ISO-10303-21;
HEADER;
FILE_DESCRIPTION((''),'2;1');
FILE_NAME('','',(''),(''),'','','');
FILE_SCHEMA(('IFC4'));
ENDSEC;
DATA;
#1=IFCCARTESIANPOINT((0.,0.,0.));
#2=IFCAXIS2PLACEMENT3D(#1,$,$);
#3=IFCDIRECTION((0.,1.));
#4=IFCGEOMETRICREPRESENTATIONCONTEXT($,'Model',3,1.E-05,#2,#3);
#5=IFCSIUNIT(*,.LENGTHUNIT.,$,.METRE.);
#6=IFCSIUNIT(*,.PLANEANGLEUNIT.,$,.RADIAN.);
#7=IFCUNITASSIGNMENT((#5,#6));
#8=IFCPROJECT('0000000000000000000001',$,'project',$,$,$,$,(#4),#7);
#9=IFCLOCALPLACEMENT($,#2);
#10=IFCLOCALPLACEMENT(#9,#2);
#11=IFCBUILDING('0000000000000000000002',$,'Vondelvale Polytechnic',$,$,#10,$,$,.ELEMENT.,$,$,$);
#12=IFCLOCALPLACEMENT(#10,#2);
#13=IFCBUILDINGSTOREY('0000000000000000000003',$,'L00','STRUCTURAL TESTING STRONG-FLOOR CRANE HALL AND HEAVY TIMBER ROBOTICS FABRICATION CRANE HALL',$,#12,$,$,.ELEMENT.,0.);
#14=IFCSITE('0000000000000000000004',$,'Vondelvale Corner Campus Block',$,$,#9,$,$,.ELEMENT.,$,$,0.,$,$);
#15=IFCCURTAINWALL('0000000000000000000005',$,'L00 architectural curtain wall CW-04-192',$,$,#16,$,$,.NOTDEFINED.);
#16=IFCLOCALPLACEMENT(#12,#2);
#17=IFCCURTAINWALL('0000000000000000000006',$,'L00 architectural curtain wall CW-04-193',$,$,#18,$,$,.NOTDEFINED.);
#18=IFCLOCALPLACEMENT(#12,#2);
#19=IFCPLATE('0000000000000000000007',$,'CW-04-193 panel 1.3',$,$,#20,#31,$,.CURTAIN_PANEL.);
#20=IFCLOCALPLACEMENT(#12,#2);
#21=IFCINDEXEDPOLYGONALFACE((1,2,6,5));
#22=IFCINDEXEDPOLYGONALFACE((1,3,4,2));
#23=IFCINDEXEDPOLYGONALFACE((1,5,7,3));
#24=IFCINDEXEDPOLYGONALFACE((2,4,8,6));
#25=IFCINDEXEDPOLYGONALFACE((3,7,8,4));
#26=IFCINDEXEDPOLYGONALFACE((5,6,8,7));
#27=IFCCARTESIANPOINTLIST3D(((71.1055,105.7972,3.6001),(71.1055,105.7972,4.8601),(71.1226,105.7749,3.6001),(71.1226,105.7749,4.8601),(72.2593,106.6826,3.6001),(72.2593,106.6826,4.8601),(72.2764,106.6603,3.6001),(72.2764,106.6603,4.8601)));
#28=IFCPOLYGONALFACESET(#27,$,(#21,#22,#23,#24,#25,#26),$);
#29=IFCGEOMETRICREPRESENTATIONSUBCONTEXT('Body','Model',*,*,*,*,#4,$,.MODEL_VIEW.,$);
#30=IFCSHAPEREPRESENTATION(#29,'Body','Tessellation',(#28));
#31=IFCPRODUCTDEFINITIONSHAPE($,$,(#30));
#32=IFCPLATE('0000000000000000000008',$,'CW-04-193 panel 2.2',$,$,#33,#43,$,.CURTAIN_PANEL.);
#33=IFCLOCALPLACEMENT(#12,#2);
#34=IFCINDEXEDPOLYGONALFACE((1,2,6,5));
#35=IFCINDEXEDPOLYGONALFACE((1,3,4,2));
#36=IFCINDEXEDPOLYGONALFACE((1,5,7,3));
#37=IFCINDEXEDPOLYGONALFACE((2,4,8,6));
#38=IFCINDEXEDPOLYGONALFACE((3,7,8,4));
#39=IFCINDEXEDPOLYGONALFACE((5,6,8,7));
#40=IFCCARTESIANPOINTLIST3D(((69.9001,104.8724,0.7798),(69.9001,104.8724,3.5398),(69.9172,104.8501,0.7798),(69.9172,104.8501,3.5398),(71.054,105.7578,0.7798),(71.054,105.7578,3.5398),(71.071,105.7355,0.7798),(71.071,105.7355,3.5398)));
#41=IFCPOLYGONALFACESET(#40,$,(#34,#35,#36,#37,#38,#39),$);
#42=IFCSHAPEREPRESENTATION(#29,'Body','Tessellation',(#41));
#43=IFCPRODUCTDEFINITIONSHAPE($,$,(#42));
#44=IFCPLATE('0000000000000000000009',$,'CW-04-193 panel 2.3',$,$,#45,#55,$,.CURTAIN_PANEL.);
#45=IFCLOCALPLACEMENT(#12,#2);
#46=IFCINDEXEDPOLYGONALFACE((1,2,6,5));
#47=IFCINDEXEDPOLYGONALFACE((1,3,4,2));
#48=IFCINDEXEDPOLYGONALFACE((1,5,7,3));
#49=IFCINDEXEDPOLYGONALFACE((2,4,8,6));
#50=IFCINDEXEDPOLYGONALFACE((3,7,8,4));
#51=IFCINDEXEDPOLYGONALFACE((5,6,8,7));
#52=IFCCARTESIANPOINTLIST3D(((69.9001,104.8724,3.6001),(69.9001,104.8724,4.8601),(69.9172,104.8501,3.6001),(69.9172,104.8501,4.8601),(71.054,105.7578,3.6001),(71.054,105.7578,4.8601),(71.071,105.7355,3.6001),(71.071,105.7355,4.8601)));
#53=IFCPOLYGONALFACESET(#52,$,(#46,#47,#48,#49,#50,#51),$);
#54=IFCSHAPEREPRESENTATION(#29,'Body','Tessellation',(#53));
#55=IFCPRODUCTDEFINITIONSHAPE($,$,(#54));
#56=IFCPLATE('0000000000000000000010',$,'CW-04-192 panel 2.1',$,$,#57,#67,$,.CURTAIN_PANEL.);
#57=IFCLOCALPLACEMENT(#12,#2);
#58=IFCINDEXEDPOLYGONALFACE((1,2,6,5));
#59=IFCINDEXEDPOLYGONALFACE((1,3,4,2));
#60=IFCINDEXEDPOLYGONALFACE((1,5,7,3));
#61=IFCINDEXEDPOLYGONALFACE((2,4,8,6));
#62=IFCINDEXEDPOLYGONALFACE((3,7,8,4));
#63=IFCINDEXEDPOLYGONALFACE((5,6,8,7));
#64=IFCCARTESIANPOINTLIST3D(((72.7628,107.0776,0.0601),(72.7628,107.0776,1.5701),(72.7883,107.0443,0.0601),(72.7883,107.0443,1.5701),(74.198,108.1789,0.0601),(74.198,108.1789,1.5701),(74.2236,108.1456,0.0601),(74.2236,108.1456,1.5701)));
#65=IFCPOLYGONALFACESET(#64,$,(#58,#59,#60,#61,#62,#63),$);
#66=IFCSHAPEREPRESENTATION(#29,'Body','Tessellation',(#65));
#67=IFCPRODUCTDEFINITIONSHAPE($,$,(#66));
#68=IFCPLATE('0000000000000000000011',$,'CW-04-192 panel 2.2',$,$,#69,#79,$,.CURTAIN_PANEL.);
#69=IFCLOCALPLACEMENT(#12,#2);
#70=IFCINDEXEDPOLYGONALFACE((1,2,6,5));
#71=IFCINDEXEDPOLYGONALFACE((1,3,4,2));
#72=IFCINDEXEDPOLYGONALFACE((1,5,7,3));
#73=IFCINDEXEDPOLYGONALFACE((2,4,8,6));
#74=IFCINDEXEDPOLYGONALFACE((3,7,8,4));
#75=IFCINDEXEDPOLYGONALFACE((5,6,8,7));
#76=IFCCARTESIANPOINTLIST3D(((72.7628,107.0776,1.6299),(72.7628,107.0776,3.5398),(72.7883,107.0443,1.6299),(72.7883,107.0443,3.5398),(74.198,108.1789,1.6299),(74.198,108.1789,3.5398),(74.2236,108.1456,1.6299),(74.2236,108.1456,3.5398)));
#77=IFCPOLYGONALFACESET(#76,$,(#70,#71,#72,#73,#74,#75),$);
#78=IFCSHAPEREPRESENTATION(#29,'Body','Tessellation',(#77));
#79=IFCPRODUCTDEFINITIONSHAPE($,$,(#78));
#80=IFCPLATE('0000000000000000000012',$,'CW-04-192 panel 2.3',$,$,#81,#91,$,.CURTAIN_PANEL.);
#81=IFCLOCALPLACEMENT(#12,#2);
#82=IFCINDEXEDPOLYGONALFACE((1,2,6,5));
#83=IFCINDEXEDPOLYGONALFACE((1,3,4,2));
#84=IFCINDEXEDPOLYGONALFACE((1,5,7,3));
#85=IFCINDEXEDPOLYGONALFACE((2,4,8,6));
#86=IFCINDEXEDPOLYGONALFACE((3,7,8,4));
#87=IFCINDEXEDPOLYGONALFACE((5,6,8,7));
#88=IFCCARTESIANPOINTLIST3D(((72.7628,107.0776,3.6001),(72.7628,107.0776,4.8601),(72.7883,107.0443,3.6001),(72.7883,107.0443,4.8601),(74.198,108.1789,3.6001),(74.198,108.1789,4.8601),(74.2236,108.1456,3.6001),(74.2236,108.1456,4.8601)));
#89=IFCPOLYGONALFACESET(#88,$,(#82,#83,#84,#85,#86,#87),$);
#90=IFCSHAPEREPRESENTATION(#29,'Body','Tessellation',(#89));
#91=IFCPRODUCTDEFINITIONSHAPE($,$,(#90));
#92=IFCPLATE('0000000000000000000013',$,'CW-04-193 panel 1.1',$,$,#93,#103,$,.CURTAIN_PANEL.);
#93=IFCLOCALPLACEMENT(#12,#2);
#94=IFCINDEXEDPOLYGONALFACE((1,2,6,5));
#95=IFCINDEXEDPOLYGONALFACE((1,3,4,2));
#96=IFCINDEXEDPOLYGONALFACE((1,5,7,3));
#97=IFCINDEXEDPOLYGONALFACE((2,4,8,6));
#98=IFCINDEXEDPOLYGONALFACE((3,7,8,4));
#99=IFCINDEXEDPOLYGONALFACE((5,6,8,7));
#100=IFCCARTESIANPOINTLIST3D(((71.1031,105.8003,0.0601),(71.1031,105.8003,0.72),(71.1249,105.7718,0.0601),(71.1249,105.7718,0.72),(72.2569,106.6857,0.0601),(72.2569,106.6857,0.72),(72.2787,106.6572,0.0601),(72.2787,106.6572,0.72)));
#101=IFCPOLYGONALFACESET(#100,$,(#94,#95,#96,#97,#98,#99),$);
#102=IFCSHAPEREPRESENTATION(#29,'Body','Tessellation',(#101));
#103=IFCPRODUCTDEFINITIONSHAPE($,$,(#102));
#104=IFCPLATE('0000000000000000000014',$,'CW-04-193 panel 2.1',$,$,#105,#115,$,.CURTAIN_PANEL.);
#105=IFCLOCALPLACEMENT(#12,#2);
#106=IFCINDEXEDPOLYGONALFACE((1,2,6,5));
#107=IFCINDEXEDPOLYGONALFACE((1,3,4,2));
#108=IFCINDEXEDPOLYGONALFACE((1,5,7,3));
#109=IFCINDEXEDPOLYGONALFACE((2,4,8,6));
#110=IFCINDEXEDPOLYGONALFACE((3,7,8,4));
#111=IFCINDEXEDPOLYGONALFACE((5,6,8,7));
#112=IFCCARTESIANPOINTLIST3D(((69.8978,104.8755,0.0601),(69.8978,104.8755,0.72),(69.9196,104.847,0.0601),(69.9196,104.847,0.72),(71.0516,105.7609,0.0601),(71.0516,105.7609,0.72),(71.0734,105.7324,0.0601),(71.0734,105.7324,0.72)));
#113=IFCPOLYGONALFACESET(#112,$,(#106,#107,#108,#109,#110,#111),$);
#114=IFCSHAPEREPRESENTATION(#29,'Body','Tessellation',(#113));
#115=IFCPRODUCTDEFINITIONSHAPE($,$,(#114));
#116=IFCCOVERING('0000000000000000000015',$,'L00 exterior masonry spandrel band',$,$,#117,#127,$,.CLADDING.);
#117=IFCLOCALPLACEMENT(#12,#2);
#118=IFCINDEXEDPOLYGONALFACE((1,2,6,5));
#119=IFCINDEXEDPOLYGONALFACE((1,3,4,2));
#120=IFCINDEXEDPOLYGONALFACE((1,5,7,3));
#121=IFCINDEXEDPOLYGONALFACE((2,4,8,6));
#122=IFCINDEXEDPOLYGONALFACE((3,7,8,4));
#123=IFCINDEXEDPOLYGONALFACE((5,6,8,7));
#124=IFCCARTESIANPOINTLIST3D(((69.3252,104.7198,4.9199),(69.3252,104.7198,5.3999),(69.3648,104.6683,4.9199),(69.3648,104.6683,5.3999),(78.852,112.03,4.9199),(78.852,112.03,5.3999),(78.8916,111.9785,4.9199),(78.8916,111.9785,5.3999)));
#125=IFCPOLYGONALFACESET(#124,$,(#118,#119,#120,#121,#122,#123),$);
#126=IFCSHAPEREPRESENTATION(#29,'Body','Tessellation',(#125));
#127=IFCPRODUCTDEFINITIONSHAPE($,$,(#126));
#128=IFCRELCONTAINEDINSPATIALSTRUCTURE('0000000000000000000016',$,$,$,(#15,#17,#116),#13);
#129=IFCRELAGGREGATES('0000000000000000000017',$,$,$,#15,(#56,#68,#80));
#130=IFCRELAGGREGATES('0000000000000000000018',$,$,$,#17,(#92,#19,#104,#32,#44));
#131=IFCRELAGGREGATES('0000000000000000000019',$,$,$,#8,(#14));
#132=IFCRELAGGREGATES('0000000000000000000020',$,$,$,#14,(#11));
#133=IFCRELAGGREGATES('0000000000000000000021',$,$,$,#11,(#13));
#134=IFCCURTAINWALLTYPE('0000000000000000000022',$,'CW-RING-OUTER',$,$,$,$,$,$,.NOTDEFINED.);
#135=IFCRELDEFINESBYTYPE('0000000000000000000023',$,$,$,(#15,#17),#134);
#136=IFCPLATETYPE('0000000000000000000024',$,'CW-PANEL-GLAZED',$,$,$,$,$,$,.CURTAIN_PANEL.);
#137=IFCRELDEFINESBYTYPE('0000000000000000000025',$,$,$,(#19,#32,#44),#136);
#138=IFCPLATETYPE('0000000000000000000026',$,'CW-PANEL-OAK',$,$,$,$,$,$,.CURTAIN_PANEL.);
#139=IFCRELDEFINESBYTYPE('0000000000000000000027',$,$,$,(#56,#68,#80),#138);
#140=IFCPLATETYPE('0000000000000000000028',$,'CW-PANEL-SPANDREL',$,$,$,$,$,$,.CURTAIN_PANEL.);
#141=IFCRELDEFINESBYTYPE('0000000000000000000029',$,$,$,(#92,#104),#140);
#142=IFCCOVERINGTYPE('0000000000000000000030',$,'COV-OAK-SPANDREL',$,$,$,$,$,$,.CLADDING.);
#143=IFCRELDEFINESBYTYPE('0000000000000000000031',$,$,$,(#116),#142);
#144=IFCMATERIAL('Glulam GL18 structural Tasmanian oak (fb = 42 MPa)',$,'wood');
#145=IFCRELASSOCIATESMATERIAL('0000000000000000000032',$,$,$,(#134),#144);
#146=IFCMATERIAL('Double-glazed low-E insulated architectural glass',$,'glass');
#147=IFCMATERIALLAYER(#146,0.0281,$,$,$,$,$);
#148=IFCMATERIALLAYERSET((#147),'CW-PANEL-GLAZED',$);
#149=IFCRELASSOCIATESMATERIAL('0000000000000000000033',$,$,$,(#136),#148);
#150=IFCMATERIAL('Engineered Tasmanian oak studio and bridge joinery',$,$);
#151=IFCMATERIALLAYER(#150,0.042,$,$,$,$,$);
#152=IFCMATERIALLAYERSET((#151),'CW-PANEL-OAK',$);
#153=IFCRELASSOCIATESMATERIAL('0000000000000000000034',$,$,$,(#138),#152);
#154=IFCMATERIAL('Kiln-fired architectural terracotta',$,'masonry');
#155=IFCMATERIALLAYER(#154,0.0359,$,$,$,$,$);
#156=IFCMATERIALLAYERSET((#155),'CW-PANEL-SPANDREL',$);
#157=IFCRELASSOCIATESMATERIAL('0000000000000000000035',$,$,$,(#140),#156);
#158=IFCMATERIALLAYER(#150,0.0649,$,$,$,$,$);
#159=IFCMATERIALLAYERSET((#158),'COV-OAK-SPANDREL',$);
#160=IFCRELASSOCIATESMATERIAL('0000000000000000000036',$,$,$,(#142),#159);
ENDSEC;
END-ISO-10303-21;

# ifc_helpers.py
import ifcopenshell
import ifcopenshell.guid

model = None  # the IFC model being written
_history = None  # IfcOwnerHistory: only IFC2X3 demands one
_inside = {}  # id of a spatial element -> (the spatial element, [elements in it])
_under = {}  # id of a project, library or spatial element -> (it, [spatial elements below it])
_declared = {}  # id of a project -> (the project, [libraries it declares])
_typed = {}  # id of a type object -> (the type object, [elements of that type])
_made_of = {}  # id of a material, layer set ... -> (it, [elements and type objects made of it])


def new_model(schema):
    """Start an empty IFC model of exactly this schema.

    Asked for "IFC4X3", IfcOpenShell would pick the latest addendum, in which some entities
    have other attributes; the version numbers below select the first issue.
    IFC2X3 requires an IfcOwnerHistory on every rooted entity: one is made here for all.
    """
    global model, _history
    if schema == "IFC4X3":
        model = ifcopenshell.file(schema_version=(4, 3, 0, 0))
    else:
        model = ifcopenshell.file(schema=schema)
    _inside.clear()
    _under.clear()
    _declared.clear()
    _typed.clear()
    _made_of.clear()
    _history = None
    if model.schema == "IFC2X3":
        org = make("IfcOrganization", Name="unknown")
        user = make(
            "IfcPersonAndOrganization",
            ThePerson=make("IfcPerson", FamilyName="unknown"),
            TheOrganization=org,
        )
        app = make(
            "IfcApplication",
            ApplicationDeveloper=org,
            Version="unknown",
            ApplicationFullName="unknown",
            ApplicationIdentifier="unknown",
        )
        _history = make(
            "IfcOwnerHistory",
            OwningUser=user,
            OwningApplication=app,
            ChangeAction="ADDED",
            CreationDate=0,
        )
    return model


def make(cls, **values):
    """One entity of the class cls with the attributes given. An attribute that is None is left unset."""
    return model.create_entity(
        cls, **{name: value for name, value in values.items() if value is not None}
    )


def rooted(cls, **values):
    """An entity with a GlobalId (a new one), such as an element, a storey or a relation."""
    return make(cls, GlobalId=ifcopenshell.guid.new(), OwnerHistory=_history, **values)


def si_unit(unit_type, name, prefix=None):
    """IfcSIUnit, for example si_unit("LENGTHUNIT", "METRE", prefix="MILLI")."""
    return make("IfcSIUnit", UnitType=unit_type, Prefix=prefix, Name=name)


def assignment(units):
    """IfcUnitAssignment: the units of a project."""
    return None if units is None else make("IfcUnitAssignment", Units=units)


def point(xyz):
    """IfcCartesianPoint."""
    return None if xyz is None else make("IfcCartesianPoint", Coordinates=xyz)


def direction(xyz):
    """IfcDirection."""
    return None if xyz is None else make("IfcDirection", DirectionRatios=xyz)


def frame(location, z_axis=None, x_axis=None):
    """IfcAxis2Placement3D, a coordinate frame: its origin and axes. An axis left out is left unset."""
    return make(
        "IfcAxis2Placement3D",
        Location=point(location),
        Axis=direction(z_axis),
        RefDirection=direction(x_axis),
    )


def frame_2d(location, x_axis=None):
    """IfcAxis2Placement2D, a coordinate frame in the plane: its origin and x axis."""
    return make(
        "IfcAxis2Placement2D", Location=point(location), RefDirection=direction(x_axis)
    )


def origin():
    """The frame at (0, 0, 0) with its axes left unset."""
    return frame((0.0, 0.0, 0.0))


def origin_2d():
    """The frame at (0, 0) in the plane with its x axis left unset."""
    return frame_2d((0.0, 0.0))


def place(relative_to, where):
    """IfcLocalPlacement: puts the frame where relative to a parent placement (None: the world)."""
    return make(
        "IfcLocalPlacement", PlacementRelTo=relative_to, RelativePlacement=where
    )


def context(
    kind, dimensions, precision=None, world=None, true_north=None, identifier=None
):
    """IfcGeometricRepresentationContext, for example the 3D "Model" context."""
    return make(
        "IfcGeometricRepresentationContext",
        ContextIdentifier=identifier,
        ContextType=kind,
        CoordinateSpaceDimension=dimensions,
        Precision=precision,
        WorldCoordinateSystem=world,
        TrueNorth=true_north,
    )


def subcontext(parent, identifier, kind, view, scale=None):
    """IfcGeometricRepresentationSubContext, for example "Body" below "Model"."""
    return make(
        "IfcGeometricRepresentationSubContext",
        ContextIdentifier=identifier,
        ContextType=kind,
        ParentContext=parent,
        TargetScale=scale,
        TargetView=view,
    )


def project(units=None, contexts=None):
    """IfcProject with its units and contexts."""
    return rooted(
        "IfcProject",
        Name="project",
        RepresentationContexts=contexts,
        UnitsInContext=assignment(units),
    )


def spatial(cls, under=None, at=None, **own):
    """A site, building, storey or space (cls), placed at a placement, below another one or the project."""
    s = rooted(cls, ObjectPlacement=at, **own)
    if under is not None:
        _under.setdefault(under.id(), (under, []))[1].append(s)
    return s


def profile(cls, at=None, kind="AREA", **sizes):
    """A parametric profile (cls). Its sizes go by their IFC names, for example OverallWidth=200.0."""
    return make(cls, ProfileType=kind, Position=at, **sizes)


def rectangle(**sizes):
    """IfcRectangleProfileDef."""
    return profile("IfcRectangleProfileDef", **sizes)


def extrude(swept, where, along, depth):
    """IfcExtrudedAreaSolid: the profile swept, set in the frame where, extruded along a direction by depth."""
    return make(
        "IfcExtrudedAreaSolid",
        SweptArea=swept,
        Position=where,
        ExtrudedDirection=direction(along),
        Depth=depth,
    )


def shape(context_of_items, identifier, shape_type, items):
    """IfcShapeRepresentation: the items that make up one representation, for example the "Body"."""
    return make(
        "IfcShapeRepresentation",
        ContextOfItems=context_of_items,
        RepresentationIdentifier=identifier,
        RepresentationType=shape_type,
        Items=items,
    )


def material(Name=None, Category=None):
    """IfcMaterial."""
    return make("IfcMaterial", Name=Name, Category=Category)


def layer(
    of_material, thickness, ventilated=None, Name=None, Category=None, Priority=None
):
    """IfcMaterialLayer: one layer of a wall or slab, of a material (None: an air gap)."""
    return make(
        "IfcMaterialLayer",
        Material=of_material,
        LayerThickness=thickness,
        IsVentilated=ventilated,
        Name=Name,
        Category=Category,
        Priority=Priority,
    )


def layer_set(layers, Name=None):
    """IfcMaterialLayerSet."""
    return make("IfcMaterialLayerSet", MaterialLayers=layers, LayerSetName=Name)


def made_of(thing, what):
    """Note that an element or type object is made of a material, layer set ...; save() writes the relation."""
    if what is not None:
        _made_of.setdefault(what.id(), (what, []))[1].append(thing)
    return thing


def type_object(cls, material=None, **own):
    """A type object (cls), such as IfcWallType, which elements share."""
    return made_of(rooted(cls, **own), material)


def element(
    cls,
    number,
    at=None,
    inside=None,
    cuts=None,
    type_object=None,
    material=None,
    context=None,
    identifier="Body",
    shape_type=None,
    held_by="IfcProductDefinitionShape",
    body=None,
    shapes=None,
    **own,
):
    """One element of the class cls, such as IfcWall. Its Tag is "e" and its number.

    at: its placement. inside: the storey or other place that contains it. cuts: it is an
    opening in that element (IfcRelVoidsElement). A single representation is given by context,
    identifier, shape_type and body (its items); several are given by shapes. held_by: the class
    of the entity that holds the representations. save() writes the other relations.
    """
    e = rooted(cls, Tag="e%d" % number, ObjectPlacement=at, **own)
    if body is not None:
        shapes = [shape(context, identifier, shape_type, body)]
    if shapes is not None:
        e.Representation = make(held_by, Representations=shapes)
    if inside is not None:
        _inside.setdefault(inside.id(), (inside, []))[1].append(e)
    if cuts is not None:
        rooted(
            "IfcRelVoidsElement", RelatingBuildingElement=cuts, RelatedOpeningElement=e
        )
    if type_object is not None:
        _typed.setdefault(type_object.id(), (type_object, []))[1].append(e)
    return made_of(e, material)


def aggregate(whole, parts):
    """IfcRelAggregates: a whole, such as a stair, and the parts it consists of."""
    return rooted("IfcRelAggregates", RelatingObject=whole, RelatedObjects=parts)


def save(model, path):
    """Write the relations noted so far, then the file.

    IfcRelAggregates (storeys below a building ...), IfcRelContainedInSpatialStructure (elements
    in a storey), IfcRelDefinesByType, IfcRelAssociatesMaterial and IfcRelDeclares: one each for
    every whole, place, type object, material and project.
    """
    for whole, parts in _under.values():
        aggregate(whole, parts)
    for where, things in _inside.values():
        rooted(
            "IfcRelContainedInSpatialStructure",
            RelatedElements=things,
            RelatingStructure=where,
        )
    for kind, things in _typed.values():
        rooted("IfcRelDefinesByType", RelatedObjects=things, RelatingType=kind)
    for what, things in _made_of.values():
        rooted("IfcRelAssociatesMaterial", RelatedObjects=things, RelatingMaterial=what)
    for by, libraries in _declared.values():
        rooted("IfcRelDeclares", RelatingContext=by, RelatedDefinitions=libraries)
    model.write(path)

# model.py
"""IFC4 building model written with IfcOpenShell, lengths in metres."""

from ifc_helpers import new_model, si_unit, direction, frame, origin, origin_2d, place, context, subcontext, project, spatial, rectangle, extrude, material, layer, layer_set, type_object, element, aggregate, save


model = new_model("IFC4")

# Units and contexts
model_context = context("Model", 3, precision=1e-05, world=origin(), true_north=direction((0.0, 1.0)))
body_context = subcontext(model_context, "Body", "Model", "MODEL_VIEW")
ifc_project = project(units=[si_unit("LENGTHUNIT", "METRE"), si_unit("PLANEANGLEUNIT", "RADIAN")], contexts=[model_context])

# Site, building, storey
site_placement = place(None, origin())
site = spatial("IfcSite", under=ifc_project, at=site_placement, Name="Vondelvale Corner Campus Block", CompositionType="ELEMENT", RefElevation=0.0)
building_placement = place(site_placement, origin())
building = spatial("IfcBuilding", under=site, at=building_placement, Name="Vondelvale Polytechnic", CompositionType="ELEMENT")
storey_placement = place(building_placement, origin())
storey = spatial("IfcBuildingStorey", under=building, at=storey_placement, Name="L00", Description="STRUCTURAL TESTING STRONG-FLOOR CRANE HALL AND HEAVY TIMBER ROBOTICS FABRICATION CRANE HALL", CompositionType="ELEMENT", Elevation=0.0)

# Shared definitions
ifc_material_1 = material(Name="Glulam GL18 structural Tasmanian oak (fb = 42 MPa)", Category="wood")

# Curtain wall
curtain_wall_type = type_object("IfcCurtainWallType", Name="CW-RING-OUTER", PredefinedType="NOTDEFINED", material=ifc_material_1)
curtain_wall_1_placement = place(storey_placement, origin())
curtain_wall_1 = element("IfcCurtainWall", 1, at=curtain_wall_1_placement, inside=storey, type_object=curtain_wall_type, Name="L00 architectural curtain wall CW-04-192", PredefinedType="NOTDEFINED")

# Curtain wall
curtain_wall_2_placement = place(storey_placement, origin())
curtain_wall_2 = element("IfcCurtainWall", 2, at=curtain_wall_2_placement, inside=storey, type_object=curtain_wall_type, Name="L00 architectural curtain wall CW-04-193", PredefinedType="NOTDEFINED")

# Plates
ifc_material_2 = material(Name="Double-glazed low-E insulated architectural glass", Category="glass")
ifc_layer_1 = layer(ifc_material_2, 0.0281)
ifc_layer_set_1 = layer_set([ifc_layer_1], Name="CW-PANEL-GLAZED")
plate_type_1 = type_object("IfcPlateType", Name="CW-PANEL-GLAZED", PredefinedType="CURTAIN_PANEL", material=ifc_layer_set_1)
plate_1_placement = place(storey_placement, frame((71.6909, 106.2288, 3.6001), z_axis=(0.0, 0.0, 1.0), x_axis=(-0.793352, -0.608764, 0.0)))
plate_1 = element("IfcPlate", 3, at=plate_1_placement, type_object=plate_type_1, Name="CW-04-193 panel 1.3", PredefinedType="CURTAIN_PANEL", context=body_context, shape_type="SweptSolid", body=[
    extrude(rectangle(XDim=1.4543, YDim=0.0281, at=origin_2d()), origin(), (0.0, 0.0, 1.0), 1.26),
])
plate_2_placement = place(storey_placement, frame((70.4856, 105.304, 0.7798), z_axis=(0.0, 0.0, 1.0), x_axis=(-0.793352, -0.608764, 0.0)))
plate_2 = element("IfcPlate", 4, at=plate_2_placement, type_object=plate_type_1, Name="CW-04-193 panel 2.2", PredefinedType="CURTAIN_PANEL", context=body_context, shape_type="SweptSolid", body=[
    extrude(rectangle(XDim=1.4543, YDim=0.0281, at=origin_2d()), origin(), (0.0, 0.0, 1.0), 2.76),
])
plate_3_placement = place(storey_placement, frame((70.4856, 105.304, 3.6001), z_axis=(0.0, 0.0, 1.0), x_axis=(-0.793352, -0.608764, 0.0)))
plate_3 = element("IfcPlate", 5, at=plate_3_placement, type_object=plate_type_1, Name="CW-04-193 panel 2.3", PredefinedType="CURTAIN_PANEL", context=body_context, shape_type="SweptSolid", body=[
    extrude(rectangle(XDim=1.4543, YDim=0.0281, at=origin_2d()), origin(), (0.0, 0.0, 1.0), 1.26),
])
ifc_material_3 = material(Name="Engineered Tasmanian oak studio and bridge joinery")
ifc_layer_2 = layer(ifc_material_3, 0.042)
ifc_layer_set_2 = layer_set([ifc_layer_2], Name="CW-PANEL-OAK")
plate_type_2 = type_object("IfcPlateType", Name="CW-PANEL-OAK", PredefinedType="CURTAIN_PANEL", material=ifc_layer_set_2)
plate_4_placement = place(storey_placement, frame((73.4932, 107.6116, 0.0601), z_axis=(0.0, 0.0, 1.0), x_axis=(-0.793346, -0.608771, 0.0)))
plate_4 = element("IfcPlate", 6, at=plate_4_placement, type_object=plate_type_2, Name="CW-04-192 panel 2.1", PredefinedType="CURTAIN_PANEL", context=body_context, shape_type="SweptSolid", body=[
    extrude(rectangle(XDim=1.8091, YDim=0.042, at=origin_2d()), origin(), (0.0, 0.0, 1.0), 1.51),
])
plate_5_placement = place(storey_placement, frame((73.4932, 107.6116, 1.6299), z_axis=(0.0, 0.0, 1.0), x_axis=(-0.793346, -0.608771, 0.0)))
plate_5 = element("IfcPlate", 7, at=plate_5_placement, type_object=plate_type_2, Name="CW-04-192 panel 2.2", PredefinedType="CURTAIN_PANEL", context=body_context, shape_type="SweptSolid", body=[
    extrude(rectangle(XDim=1.8091, YDim=0.042, at=origin_2d()), origin(), (0.0, 0.0, 1.0), 1.9099),
])
plate_6_placement = place(storey_placement, frame((73.4932, 107.6116, 3.6001), z_axis=(0.0, 0.0, 1.0), x_axis=(-0.793346, -0.608771, 0.0)))
plate_6 = element("IfcPlate", 8, at=plate_6_placement, type_object=plate_type_2, Name="CW-04-192 panel 2.3", PredefinedType="CURTAIN_PANEL", context=body_context, shape_type="SweptSolid", body=[
    extrude(rectangle(XDim=1.8091, YDim=0.042, at=origin_2d()), origin(), (0.0, 0.0, 1.0), 1.26),
])
aggregate(curtain_wall_1, [plate_4, plate_5, plate_6])
ifc_material_4 = material(Name="Kiln-fired architectural terracotta", Category="masonry")
ifc_layer_3 = layer(ifc_material_4, 0.0359)
ifc_layer_set_3 = layer_set([ifc_layer_3], Name="CW-PANEL-SPANDREL")
plate_type_3 = type_object("IfcPlateType", Name="CW-PANEL-SPANDREL", PredefinedType="CURTAIN_PANEL", material=ifc_layer_set_3)
plate_7_placement = place(storey_placement, frame((71.6909, 106.2288, 0.0601), z_axis=(0.0, 0.0, 1.0), x_axis=(-0.793352, -0.608764, 0.0)))
plate_7 = element("IfcPlate", 9, at=plate_7_placement, type_object=plate_type_3, Name="CW-04-193 panel 1.1", PredefinedType="CURTAIN_PANEL", context=body_context, shape_type="SweptSolid", body=[
    extrude(rectangle(XDim=1.4543, YDim=0.0359, at=origin_2d()), origin(), (0.0, 0.0, 1.0), 0.6599),
])
plate_8_placement = place(storey_placement, frame((70.4856, 105.304, 0.0601), z_axis=(0.0, 0.0, 1.0), x_axis=(-0.793352, -0.608764, 0.0)))
plate_8 = element("IfcPlate", 10, at=plate_8_placement, type_object=plate_type_3, Name="CW-04-193 panel 2.1", PredefinedType="CURTAIN_PANEL", context=body_context, shape_type="SweptSolid", body=[
    extrude(rectangle(XDim=1.4543, YDim=0.0359, at=origin_2d()), origin(), (0.0, 0.0, 1.0), 0.6599),
])
aggregate(curtain_wall_2, [plate_7, plate_1, plate_8, plate_2, plate_3])

# Covering
ifc_layer_4 = layer(ifc_material_3, 0.0649)
ifc_layer_set_4 = layer_set([ifc_layer_4], Name="COV-OAK-SPANDREL")
covering_type = type_object("IfcCoveringType", Name="COV-OAK-SPANDREL", PredefinedType="CLADDING", material=ifc_layer_set_4)
covering_placement = place(storey_placement, frame((74.1084, 108.3491, 4.9199), z_axis=(0.0, 0.0, 1.0), x_axis=(-0.793353, -0.608761, 0.0)))
element("IfcCovering", 11, at=covering_placement, inside=storey, type_object=covering_type, Name="L00 exterior masonry spandrel band", PredefinedType="CLADDING", context=body_context, shape_type="SweptSolid", body=[
    extrude(rectangle(XDim=12.0083, YDim=0.0649, at=origin_2d()), origin(), (0.0, 0.0, 1.0), 0.48),
])

save(model, "model.ifc")
